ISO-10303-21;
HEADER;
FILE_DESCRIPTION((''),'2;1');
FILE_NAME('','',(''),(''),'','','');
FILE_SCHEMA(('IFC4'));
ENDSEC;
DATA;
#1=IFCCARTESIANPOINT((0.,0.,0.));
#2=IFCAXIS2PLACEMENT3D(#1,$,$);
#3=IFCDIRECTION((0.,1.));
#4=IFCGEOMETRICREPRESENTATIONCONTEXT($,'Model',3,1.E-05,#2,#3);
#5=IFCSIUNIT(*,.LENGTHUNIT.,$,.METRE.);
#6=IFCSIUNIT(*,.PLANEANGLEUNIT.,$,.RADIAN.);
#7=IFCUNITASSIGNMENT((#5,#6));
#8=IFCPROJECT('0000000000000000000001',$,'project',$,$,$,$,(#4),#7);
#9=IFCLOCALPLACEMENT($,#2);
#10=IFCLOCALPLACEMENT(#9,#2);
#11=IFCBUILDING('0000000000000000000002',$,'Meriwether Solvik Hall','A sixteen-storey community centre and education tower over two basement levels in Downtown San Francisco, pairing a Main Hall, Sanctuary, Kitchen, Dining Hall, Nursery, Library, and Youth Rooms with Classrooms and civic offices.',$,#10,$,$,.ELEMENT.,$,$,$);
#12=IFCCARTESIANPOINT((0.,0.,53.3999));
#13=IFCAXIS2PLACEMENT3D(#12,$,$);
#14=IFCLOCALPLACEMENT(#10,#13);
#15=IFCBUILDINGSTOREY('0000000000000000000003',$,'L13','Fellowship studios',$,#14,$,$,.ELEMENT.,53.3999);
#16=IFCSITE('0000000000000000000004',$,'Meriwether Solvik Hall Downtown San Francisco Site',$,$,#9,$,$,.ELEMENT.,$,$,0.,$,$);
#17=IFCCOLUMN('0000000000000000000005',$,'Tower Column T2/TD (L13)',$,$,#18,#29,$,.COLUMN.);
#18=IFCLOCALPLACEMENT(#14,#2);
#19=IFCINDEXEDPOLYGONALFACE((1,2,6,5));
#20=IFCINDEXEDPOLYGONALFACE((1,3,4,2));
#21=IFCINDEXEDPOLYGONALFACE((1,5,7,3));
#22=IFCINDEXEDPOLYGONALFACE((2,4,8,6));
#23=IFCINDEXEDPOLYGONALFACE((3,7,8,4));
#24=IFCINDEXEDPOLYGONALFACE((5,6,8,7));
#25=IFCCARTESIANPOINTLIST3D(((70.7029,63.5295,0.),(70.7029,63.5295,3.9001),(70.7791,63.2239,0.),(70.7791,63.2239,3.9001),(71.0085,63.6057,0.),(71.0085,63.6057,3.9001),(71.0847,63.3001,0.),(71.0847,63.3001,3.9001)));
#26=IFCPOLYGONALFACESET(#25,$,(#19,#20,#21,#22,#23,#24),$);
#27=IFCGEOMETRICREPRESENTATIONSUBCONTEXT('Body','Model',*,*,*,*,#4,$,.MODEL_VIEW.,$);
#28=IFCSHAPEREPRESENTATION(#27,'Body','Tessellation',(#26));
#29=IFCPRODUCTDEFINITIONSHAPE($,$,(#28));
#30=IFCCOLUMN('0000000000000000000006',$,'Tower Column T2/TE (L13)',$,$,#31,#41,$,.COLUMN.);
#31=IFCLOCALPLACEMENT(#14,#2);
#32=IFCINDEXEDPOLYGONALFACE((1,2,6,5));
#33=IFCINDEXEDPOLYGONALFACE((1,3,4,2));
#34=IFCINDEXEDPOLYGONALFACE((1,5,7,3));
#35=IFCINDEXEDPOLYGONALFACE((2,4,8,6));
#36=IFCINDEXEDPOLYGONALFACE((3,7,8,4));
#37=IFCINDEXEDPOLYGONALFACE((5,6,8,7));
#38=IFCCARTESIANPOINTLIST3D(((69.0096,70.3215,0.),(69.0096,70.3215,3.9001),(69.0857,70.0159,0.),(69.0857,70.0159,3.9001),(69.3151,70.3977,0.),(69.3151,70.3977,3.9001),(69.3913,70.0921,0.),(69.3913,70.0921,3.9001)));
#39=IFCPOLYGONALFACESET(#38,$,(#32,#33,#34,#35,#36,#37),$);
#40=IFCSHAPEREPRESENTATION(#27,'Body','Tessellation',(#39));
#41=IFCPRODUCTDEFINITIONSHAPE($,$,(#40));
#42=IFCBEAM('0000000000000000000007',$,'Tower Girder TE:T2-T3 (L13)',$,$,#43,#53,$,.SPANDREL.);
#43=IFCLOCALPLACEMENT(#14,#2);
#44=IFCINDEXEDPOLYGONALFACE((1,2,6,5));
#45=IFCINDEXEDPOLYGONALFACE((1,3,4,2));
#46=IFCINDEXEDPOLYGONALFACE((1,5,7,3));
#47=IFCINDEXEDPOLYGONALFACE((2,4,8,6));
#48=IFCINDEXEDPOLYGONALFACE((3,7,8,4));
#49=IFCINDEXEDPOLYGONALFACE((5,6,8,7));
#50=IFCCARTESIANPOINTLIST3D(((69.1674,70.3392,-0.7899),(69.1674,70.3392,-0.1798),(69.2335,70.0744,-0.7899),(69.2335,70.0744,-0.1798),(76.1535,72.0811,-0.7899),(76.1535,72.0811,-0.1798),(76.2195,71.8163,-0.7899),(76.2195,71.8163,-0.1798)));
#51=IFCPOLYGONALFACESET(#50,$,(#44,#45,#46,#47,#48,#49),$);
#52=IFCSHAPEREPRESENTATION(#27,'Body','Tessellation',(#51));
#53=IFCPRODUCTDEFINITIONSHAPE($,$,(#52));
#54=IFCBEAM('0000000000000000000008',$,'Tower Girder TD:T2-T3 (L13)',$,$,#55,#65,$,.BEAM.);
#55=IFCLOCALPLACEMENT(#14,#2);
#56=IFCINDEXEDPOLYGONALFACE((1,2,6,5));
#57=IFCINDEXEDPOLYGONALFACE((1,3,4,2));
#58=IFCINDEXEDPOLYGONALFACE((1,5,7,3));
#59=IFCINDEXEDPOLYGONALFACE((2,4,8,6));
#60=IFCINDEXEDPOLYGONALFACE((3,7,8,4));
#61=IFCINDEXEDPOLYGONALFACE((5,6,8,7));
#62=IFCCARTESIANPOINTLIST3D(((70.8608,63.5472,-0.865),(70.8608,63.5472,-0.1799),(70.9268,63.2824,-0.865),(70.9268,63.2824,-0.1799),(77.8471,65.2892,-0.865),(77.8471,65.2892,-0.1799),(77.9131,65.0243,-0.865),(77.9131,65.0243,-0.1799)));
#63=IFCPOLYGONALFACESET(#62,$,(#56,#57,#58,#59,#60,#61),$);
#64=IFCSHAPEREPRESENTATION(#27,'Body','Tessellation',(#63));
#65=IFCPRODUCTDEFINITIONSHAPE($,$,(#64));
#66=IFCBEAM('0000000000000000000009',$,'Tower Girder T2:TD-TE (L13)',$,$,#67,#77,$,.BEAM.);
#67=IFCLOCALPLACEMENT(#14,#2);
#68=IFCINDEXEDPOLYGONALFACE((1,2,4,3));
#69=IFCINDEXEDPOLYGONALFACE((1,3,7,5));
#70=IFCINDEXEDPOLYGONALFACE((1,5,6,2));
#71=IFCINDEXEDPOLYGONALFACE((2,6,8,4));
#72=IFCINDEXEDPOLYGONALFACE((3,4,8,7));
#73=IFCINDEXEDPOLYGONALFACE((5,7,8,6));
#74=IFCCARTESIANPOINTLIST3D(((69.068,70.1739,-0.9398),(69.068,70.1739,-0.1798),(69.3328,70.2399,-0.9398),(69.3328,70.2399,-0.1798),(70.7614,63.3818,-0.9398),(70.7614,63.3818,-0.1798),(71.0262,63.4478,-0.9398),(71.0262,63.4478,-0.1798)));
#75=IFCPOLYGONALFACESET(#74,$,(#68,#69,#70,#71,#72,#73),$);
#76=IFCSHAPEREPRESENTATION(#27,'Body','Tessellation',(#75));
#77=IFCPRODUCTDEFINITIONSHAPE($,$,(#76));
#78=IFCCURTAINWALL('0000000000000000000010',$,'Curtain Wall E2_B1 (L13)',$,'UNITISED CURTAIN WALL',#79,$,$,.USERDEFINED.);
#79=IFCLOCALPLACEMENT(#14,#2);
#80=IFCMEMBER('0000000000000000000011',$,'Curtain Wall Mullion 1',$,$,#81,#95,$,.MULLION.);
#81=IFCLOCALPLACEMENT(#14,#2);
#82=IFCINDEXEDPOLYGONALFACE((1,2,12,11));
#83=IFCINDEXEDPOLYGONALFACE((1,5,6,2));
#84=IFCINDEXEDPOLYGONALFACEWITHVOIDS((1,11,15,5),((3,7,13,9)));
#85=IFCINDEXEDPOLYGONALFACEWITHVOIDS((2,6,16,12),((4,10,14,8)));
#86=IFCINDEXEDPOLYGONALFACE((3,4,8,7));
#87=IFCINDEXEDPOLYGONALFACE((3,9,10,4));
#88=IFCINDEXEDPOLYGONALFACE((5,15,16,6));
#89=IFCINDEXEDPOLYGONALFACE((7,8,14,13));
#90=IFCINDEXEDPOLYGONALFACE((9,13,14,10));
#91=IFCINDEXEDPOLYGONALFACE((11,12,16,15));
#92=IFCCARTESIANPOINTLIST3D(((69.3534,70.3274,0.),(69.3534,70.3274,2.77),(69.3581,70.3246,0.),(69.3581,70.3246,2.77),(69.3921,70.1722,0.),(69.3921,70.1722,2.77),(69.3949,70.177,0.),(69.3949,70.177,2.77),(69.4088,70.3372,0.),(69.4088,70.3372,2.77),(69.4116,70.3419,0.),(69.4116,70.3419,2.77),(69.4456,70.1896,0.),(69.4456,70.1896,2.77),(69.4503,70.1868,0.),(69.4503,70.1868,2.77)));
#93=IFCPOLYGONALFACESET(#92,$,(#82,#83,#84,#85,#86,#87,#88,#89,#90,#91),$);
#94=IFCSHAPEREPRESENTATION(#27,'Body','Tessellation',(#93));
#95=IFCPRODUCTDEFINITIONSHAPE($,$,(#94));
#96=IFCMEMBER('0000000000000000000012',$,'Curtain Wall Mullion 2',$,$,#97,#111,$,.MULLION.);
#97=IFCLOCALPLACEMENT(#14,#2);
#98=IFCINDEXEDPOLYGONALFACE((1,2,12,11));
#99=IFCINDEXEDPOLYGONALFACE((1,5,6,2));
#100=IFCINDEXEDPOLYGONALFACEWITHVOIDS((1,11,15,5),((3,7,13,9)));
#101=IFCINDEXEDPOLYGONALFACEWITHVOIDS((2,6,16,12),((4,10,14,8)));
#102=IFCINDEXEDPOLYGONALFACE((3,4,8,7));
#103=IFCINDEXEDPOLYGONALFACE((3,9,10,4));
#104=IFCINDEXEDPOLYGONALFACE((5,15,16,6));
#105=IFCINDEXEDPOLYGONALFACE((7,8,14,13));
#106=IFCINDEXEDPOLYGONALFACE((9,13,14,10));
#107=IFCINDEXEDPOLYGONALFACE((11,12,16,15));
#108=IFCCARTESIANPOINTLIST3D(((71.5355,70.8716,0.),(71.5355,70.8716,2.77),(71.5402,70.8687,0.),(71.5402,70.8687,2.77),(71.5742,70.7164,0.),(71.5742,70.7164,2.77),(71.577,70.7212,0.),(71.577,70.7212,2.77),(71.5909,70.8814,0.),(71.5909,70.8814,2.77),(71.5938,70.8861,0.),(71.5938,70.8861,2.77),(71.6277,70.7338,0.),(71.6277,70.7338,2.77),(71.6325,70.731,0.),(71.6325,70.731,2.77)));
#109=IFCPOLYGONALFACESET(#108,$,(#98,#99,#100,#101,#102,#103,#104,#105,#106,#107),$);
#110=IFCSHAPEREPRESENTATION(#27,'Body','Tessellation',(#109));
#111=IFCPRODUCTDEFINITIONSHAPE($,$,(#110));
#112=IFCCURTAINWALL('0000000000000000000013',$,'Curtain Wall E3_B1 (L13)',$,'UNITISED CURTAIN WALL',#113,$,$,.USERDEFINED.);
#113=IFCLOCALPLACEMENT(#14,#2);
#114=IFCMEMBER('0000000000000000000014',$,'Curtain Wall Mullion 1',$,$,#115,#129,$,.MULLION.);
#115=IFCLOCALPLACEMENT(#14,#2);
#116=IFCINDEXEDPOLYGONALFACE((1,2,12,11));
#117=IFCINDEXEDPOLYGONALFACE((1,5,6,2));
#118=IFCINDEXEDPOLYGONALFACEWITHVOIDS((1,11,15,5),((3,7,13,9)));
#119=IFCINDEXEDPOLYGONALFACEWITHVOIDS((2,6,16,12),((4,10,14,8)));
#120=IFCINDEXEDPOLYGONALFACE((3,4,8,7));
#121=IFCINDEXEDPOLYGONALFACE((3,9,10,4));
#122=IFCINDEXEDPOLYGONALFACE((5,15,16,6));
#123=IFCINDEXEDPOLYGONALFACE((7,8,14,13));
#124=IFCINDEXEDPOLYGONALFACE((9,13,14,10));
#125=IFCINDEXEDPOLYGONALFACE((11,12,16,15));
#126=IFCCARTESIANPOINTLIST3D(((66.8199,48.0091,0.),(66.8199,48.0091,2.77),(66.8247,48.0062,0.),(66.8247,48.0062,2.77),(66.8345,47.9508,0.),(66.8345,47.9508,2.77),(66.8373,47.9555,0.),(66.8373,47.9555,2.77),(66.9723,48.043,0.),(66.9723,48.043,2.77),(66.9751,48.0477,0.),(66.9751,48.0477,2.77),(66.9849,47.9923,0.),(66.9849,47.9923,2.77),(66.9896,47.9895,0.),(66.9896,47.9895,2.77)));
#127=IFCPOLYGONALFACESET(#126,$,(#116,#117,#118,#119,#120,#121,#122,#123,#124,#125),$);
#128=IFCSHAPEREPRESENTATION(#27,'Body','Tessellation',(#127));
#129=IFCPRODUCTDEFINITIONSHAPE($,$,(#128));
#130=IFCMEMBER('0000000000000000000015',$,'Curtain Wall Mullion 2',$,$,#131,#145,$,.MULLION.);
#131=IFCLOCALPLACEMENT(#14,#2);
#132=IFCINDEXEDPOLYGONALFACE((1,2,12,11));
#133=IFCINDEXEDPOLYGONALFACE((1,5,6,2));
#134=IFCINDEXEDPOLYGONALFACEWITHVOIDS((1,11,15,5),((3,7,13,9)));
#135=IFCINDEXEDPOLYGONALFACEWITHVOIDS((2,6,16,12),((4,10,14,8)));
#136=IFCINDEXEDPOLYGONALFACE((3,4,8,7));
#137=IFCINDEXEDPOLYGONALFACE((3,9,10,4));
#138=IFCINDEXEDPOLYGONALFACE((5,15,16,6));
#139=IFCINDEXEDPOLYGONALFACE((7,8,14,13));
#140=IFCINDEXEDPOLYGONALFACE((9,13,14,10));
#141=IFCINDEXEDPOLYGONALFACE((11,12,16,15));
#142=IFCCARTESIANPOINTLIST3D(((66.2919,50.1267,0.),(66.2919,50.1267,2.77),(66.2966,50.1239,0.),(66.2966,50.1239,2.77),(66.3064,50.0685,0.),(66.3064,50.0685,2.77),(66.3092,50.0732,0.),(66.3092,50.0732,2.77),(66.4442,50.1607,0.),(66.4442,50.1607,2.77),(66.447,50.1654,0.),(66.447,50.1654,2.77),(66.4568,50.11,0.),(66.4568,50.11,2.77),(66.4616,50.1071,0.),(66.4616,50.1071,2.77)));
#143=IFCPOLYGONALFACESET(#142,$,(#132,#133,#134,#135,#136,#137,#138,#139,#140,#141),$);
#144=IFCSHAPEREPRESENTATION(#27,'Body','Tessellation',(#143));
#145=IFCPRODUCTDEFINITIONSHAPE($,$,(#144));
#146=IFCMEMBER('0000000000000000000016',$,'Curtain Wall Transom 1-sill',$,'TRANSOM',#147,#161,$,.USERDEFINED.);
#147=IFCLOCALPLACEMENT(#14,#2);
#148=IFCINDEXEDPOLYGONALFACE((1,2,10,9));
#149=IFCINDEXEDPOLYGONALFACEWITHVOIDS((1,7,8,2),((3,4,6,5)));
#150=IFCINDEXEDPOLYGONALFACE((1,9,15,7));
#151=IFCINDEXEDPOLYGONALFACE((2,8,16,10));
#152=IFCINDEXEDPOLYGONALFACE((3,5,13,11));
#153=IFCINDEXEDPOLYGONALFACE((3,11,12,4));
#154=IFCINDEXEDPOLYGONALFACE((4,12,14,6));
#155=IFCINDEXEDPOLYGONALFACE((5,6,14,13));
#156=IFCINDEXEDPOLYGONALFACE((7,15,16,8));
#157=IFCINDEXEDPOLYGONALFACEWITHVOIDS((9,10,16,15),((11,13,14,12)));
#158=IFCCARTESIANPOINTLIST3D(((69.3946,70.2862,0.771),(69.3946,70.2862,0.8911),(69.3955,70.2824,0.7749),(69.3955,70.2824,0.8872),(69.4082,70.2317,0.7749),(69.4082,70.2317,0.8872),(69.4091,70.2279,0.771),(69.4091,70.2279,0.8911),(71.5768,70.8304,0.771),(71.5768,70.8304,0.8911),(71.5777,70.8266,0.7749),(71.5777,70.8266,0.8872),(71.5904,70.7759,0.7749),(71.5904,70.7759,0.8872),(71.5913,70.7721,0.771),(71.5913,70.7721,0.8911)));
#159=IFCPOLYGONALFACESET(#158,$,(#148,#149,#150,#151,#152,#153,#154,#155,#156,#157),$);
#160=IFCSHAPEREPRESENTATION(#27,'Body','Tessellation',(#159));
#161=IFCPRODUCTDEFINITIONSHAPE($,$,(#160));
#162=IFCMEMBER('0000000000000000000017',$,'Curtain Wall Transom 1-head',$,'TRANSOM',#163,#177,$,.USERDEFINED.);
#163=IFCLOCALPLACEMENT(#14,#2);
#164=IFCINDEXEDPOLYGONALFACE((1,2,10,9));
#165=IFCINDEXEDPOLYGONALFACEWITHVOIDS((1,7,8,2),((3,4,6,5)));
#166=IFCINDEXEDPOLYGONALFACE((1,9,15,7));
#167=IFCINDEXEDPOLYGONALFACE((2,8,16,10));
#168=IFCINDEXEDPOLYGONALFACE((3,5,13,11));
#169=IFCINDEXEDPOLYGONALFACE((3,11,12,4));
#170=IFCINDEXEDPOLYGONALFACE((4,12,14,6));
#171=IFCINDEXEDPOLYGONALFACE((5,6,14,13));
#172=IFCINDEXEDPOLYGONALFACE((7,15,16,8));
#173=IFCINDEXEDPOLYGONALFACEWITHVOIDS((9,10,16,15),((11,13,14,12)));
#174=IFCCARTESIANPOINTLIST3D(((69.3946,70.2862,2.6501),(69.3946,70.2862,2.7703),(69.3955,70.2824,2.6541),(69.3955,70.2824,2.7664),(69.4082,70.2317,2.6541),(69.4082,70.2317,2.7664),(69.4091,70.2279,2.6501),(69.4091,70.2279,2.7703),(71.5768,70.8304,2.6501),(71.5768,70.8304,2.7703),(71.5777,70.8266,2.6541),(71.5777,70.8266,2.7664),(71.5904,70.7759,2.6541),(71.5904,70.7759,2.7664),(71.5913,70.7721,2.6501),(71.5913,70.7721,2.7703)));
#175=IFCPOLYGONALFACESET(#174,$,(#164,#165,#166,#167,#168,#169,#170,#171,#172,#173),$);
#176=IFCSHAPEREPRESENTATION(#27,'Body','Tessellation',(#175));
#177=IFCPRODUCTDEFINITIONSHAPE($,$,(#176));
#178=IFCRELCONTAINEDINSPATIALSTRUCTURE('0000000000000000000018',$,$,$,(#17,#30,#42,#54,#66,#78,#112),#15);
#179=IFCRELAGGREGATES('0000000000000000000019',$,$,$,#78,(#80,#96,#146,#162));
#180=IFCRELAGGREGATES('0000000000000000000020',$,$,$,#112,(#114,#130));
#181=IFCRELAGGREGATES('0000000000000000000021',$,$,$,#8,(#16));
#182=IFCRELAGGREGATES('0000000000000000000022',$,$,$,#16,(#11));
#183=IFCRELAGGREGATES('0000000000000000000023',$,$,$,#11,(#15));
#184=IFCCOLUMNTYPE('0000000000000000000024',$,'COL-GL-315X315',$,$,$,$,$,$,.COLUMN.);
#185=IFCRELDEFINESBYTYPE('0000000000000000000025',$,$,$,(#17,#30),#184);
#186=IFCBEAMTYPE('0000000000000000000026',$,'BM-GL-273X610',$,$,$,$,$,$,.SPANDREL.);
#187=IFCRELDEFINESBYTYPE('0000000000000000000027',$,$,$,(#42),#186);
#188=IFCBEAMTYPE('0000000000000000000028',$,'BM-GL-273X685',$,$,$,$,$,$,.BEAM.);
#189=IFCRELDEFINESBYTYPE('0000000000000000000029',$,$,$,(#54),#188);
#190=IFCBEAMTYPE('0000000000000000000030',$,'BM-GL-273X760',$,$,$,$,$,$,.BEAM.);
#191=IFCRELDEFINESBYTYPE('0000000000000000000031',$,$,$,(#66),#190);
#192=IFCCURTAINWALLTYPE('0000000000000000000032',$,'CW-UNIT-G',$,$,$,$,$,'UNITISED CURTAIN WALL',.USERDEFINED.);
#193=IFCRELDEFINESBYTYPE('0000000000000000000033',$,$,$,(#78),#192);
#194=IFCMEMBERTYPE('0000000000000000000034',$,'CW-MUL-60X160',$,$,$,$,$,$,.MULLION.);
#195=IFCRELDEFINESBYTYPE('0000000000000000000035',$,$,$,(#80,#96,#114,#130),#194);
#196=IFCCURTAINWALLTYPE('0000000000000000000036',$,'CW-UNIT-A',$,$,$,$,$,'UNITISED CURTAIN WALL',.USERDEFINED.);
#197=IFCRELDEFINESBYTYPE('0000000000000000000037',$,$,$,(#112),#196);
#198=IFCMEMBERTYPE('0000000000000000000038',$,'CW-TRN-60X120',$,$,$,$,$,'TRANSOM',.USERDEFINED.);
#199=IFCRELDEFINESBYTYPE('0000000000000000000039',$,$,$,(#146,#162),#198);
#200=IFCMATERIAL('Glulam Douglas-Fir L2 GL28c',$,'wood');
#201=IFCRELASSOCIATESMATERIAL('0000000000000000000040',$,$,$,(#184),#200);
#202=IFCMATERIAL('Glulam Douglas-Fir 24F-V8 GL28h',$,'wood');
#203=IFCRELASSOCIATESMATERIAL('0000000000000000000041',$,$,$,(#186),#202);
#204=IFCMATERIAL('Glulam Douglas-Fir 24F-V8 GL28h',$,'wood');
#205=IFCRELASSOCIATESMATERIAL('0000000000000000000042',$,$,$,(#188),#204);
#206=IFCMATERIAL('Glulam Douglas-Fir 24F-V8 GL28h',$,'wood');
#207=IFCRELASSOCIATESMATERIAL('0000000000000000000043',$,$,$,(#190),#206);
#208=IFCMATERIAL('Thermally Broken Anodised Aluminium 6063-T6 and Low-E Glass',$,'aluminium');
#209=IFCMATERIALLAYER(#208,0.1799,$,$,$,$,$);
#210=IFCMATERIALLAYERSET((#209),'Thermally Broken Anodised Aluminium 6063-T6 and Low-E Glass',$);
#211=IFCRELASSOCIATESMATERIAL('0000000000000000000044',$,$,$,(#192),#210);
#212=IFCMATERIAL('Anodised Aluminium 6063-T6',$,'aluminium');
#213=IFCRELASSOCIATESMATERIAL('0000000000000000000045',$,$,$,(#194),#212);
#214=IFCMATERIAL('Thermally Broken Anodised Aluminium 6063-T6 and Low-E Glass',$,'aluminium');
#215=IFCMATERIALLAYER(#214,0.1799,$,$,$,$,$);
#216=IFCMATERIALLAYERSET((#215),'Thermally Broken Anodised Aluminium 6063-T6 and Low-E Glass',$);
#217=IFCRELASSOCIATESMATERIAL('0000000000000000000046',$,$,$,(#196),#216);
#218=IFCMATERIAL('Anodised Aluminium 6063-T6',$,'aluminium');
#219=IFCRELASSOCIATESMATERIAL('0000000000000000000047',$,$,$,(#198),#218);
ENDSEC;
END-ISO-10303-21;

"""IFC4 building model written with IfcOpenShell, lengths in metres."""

from ifc_helpers import new_model, si_unit, direction, frame, origin, origin_2d, place, context, subcontext, project, spatial, rectangle, hollow_rectangle, extrude, material, layer, layer_set, material_profile, profile_set, type_object, element, aggregate, save


model = new_model("IFC4")

# Units and contexts
model_context = context("Model", 3, precision=1e-05, world=origin(), true_north=direction((0.0, 1.0)))
body_context = subcontext(model_context, "Body", "Model", "MODEL_VIEW")
ifc_project = project(units=[si_unit("LENGTHUNIT", "METRE"), si_unit("PLANEANGLEUNIT", "RADIAN")], contexts=[model_context])

# Site, building, storey
site_placement = place(None, origin())
site = spatial("IfcSite", under=ifc_project, at=site_placement, Name="Meriwether Solvik Hall Downtown San Francisco Site", CompositionType="ELEMENT", RefElevation=0.0)
building_placement = place(site_placement, origin())
building = spatial("IfcBuilding", under=site, at=building_placement, Name="Meriwether Solvik Hall", Description="A sixteen-storey community centre and education tower over two basement levels in Downtown San Francisco, pairing a Main Hall, Sanctuary, Kitchen, Dining Hall, Nursery, Library, and Youth Rooms with Classrooms and civic offices.", CompositionType="ELEMENT")
storey_placement = place(building_placement, frame((0.0, 0.0, 53.3999)))
storey = spatial("IfcBuildingStorey", under=building, at=storey_placement, Name="L13", Description="Fellowship studios", CompositionType="ELEMENT", Elevation=53.3999)

# Columns
ifc_material_1 = material(Name="Glulam Douglas-Fir L2 GL28c", Category="wood")
ifc_material_profile_1 = material_profile(ifc_material_1, rectangle(XDim=0.3149, YDim=0.3149, at=origin_2d()), Name="GLC-315X315")
ifc_profile_set_1 = profile_set([ifc_material_profile_1], Name="Glulam Douglas-Fir L2 GL28c")
column_type = type_object("IfcColumnType", Name="COL-GL-315X315", PredefinedType="COLUMN", material=ifc_profile_set_1)
for number, where, z_axis, x_axis, name in (
    (1, (70.8938, 63.4148, 0.0), (0.0, 0.0, 1.0), (0.970296, 0.241922, 0.0), "Tower Column T2/TD (L13)"),
    (2, (69.2004, 70.2068, 0.0), (0.0, 0.0, 1.0), (0.970296, 0.241922, 0.0), "Tower Column T2/TE (L13)"),
):
    element("IfcColumn", number, at=place(storey_placement, frame(where, z_axis=z_axis, x_axis=x_axis)), inside=storey, type_object=column_type, Name=name, PredefinedType="COLUMN", context=body_context, shape_type="SweptSolid", body=[
        extrude(rectangle(XDim=0.3149, YDim=0.3149, at=origin_2d()), origin(), (0.0, 0.0, 1.0), 3.9001),
    ])

# Beams
ifc_material_2 = material(Name="Glulam Douglas-Fir 24F-V8 GL28h", Category="wood")
ifc_material_profile_2 = material_profile(ifc_material_2, rectangle(XDim=0.2729, YDim=0.6101, at=origin_2d()), Name="GLB-273X610")
ifc_profile_set_2 = profile_set([ifc_material_profile_2], Name="Glulam Douglas-Fir 24F-V8 GL28h")
beam_type_1 = type_object("IfcBeamType", Name="BM-GL-273X610", PredefinedType="SPANDREL", material=ifc_profile_set_2)
beam_1_placement = place(storey_placement, frame((69.2004, 70.2068, -0.4849), z_axis=(0.970292, 0.241937, 0.0), x_axis=(-0.241937, 0.970292, 0.0)))
element("IfcBeam", 3, at=beam_1_placement, inside=storey, type_object=beam_type_1, Name="Tower Girder TE:T2-T3 (L13)", PredefinedType="SPANDREL", context=body_context, shape_type="SweptSolid", body=[
    extrude(rectangle(XDim=0.2729, YDim=0.6101, at=origin_2d()), origin(), (0.0, 0.0, 1.0), 7.2),
])
ifc_material_3 = material(Name="Glulam Douglas-Fir 24F-V8 GL28h", Category="wood")
ifc_material_profile_3 = material_profile(ifc_material_3, rectangle(XDim=0.2729, YDim=0.6851, at=origin_2d()), Name="GLB-273X685")
ifc_profile_set_3 = profile_set([ifc_material_profile_3], Name="Glulam Douglas-Fir 24F-V8 GL28h")
beam_type_2 = type_object("IfcBeamType", Name="BM-GL-273X685", PredefinedType="BEAM", material=ifc_profile_set_3)
beam_2_placement = place(storey_placement, frame((70.8938, 63.4148, -0.5225), z_axis=(0.970294, 0.241929, 0.0), x_axis=(-0.241929, 0.970294, 0.0)))
element("IfcBeam", 4, at=beam_2_placement, inside=storey, type_object=beam_type_2, Name="Tower Girder TD:T2-T3 (L13)", PredefinedType="BEAM", context=body_context, shape_type="SweptSolid", body=[
    extrude(rectangle(XDim=0.2729, YDim=0.6851, at=origin_2d()), origin(), (0.0, 0.0, 1.0), 7.2002),
])
ifc_material_4 = material(Name="Glulam Douglas-Fir 24F-V8 GL28h", Category="wood")
ifc_material_profile_4 = material_profile(ifc_material_4, rectangle(XDim=0.2729, YDim=0.76, at=origin_2d()), Name="GLB-273X760")
ifc_profile_set_4 = profile_set([ifc_material_profile_4], Name="Glulam Douglas-Fir 24F-V8 GL28h")
beam_type_3 = type_object("IfcBeamType", Name="BM-GL-273X760", PredefinedType="BEAM", material=ifc_profile_set_4)
beam_3_placement = place(storey_placement, frame((70.8938, 63.4148, -0.5598), z_axis=(-0.241912, 0.970298, 0.0), x_axis=(-0.970298, -0.241912, 0.0)))
element("IfcBeam", 5, at=beam_3_placement, inside=storey, type_object=beam_type_3, Name="Tower Girder T2:TD-TE (L13)", PredefinedType="BEAM", context=body_context, shape_type="SweptSolid", body=[
    extrude(rectangle(XDim=0.2729, YDim=0.76, at=origin_2d()), origin(), (0.0, 0.0, 1.0), 7.0),
])

# Curtain walls, members
ifc_material_5 = material(Name="Thermally Broken Anodised Aluminium 6063-T6 and Low-E Glass", Category="aluminium")
ifc_layer_1 = layer(ifc_material_5, 0.1799)
ifc_layer_set_1 = layer_set([ifc_layer_1], Name="Thermally Broken Anodised Aluminium 6063-T6 and Low-E Glass")
curtain_wall_type_1 = type_object("IfcCurtainWallType", Name="CW-UNIT-G", ElementType="UNITISED CURTAIN WALL", PredefinedType="USERDEFINED", material=ifc_layer_set_1)
curtain_wall_1_placement = place(storey_placement, origin())
curtain_wall_1 = element("IfcCurtainWall", 6, at=curtain_wall_1_placement, inside=storey, type_object=curtain_wall_type_1, Name="Curtain Wall E2_B1 (L13)", ObjectType="UNITISED CURTAIN WALL", PredefinedType="USERDEFINED")
ifc_material_6 = material(Name="Anodised Aluminium 6063-T6", Category="aluminium")
ifc_material_profile_5 = material_profile(ifc_material_6, hollow_rectangle(XDim=0.0601, YDim=0.1599, WallThickness=0.0039, at=origin_2d()), Name="CWM-60X160")
ifc_profile_set_5 = profile_set([ifc_material_profile_5], Name="Anodised Aluminium 6063-T6")
member_type_1 = type_object("IfcMemberType", Name="CW-MUL-60X160", PredefinedType="MULLION", material=ifc_profile_set_5)
member_1_placement = place(storey_placement, frame((69.4019, 70.2571, 0.0), z_axis=(0.0, 0.0, 1.0), x_axis=(0.970296, 0.241922, 0.0)))
member_1 = element("IfcMember", 7, at=member_1_placement, type_object=member_type_1, Name="Curtain Wall Mullion 1", PredefinedType="MULLION", context=body_context, shape_type="SweptSolid", body=[
    extrude(hollow_rectangle(XDim=0.0601, YDim=0.1599, WallThickness=0.0039, at=origin_2d()), origin(), (0.0, 0.0, 1.0), 2.77),
])
member_2_placement = place(storey_placement, frame((71.584, 70.8013, 0.0), z_axis=(0.0, 0.0, 1.0), x_axis=(0.970296, 0.241922, 0.0)))
member_2 = element("IfcMember", 8, at=member_2_placement, type_object=member_type_1, Name="Curtain Wall Mullion 2", PredefinedType="MULLION", context=body_context, shape_type="SweptSolid", body=[
    extrude(hollow_rectangle(XDim=0.0601, YDim=0.1599, WallThickness=0.0039, at=origin_2d()), origin(), (0.0, 0.0, 1.0), 2.77),
])
ifc_material_7 = material(Name="Thermally Broken Anodised Aluminium 6063-T6 and Low-E Glass", Category="aluminium")
ifc_layer_2 = layer(ifc_material_7, 0.1799)
ifc_layer_set_2 = layer_set([ifc_layer_2], Name="Thermally Broken Anodised Aluminium 6063-T6 and Low-E Glass")
curtain_wall_type_2 = type_object("IfcCurtainWallType", Name="CW-UNIT-A", ElementType="UNITISED CURTAIN WALL", PredefinedType="USERDEFINED", material=ifc_layer_set_2)
curtain_wall_2_placement = place(storey_placement, origin())
curtain_wall_2 = element("IfcCurtainWall", 9, at=curtain_wall_2_placement, inside=storey, type_object=curtain_wall_type_2, Name="Curtain Wall E3_B1 (L13)", ObjectType="UNITISED CURTAIN WALL", PredefinedType="USERDEFINED")
member_3_placement = place(storey_placement, frame((66.9048, 47.9993, 0.0), z_axis=(0.0, 0.0, 1.0), x_axis=(-0.241922, 0.970296, 0.0)))
member_3 = element("IfcMember", 10, at=member_3_placement, type_object=member_type_1, Name="Curtain Wall Mullion 1", PredefinedType="MULLION", context=body_context, shape_type="SweptSolid", body=[
    extrude(hollow_rectangle(XDim=0.0601, YDim=0.1599, WallThickness=0.0039, at=origin_2d()), origin(), (0.0, 0.0, 1.0), 2.77),
])
member_4_placement = place(storey_placement, frame((66.3767, 50.1169, 0.0), z_axis=(0.0, 0.0, 1.0), x_axis=(-0.241922, 0.970296, 0.0)))
member_4 = element("IfcMember", 11, at=member_4_placement, type_object=member_type_1, Name="Curtain Wall Mullion 2", PredefinedType="MULLION", context=body_context, shape_type="SweptSolid", body=[
    extrude(hollow_rectangle(XDim=0.0601, YDim=0.1599, WallThickness=0.0039, at=origin_2d()), origin(), (0.0, 0.0, 1.0), 2.77),
])

# Members
ifc_material_8 = material(Name="Anodised Aluminium 6063-T6", Category="aluminium")
ifc_material_profile_6 = material_profile(ifc_material_8, hollow_rectangle(XDim=0.0601, YDim=0.1201, WallThickness=0.0039, at=origin_2d()), Name="CWT-60X120")
ifc_profile_set_6 = profile_set([ifc_material_profile_6], Name="Anodised Aluminium 6063-T6")
member_type_2 = type_object("IfcMemberType", Name="CW-TRN-60X120", ElementType="TRANSOM", PredefinedType="USERDEFINED", material=ifc_profile_set_6)
member_5_placement = place(storey_placement, frame((69.4019, 70.2571, 0.8311), z_axis=(0.970283, 0.241974, 0.0), x_axis=(-0.241974, 0.970283, 0.0)))
member_5 = element("IfcMember", 12, at=member_5_placement, type_object=member_type_2, Name="Curtain Wall Transom 1-sill", ObjectType="TRANSOM", PredefinedType="USERDEFINED", context=body_context, shape_type="SweptSolid", body=[
    extrude(hollow_rectangle(XDim=0.0601, YDim=0.1201, WallThickness=0.0039, at=origin_2d()), origin(), (0.0, 0.0, 1.0), 2.249),
])
member_6_placement = place(storey_placement, frame((69.4019, 70.2571, 2.7102), z_axis=(0.970283, 0.241974, 0.0), x_axis=(-0.241974, 0.970283, 0.0)))
member_6 = element("IfcMember", 13, at=member_6_placement, type_object=member_type_2, Name="Curtain Wall Transom 1-head", ObjectType="TRANSOM", PredefinedType="USERDEFINED", context=body_context, shape_type="SweptSolid", body=[
    extrude(hollow_rectangle(XDim=0.0601, YDim=0.1201, WallThickness=0.0039, at=origin_2d()), origin(), (0.0, 0.0, 1.0), 2.249),
])

aggregate(curtain_wall_1, [member_1, member_2, member_5, member_6])
aggregate(curtain_wall_2, [member_3, member_4])

save(model, "model.ifc")
